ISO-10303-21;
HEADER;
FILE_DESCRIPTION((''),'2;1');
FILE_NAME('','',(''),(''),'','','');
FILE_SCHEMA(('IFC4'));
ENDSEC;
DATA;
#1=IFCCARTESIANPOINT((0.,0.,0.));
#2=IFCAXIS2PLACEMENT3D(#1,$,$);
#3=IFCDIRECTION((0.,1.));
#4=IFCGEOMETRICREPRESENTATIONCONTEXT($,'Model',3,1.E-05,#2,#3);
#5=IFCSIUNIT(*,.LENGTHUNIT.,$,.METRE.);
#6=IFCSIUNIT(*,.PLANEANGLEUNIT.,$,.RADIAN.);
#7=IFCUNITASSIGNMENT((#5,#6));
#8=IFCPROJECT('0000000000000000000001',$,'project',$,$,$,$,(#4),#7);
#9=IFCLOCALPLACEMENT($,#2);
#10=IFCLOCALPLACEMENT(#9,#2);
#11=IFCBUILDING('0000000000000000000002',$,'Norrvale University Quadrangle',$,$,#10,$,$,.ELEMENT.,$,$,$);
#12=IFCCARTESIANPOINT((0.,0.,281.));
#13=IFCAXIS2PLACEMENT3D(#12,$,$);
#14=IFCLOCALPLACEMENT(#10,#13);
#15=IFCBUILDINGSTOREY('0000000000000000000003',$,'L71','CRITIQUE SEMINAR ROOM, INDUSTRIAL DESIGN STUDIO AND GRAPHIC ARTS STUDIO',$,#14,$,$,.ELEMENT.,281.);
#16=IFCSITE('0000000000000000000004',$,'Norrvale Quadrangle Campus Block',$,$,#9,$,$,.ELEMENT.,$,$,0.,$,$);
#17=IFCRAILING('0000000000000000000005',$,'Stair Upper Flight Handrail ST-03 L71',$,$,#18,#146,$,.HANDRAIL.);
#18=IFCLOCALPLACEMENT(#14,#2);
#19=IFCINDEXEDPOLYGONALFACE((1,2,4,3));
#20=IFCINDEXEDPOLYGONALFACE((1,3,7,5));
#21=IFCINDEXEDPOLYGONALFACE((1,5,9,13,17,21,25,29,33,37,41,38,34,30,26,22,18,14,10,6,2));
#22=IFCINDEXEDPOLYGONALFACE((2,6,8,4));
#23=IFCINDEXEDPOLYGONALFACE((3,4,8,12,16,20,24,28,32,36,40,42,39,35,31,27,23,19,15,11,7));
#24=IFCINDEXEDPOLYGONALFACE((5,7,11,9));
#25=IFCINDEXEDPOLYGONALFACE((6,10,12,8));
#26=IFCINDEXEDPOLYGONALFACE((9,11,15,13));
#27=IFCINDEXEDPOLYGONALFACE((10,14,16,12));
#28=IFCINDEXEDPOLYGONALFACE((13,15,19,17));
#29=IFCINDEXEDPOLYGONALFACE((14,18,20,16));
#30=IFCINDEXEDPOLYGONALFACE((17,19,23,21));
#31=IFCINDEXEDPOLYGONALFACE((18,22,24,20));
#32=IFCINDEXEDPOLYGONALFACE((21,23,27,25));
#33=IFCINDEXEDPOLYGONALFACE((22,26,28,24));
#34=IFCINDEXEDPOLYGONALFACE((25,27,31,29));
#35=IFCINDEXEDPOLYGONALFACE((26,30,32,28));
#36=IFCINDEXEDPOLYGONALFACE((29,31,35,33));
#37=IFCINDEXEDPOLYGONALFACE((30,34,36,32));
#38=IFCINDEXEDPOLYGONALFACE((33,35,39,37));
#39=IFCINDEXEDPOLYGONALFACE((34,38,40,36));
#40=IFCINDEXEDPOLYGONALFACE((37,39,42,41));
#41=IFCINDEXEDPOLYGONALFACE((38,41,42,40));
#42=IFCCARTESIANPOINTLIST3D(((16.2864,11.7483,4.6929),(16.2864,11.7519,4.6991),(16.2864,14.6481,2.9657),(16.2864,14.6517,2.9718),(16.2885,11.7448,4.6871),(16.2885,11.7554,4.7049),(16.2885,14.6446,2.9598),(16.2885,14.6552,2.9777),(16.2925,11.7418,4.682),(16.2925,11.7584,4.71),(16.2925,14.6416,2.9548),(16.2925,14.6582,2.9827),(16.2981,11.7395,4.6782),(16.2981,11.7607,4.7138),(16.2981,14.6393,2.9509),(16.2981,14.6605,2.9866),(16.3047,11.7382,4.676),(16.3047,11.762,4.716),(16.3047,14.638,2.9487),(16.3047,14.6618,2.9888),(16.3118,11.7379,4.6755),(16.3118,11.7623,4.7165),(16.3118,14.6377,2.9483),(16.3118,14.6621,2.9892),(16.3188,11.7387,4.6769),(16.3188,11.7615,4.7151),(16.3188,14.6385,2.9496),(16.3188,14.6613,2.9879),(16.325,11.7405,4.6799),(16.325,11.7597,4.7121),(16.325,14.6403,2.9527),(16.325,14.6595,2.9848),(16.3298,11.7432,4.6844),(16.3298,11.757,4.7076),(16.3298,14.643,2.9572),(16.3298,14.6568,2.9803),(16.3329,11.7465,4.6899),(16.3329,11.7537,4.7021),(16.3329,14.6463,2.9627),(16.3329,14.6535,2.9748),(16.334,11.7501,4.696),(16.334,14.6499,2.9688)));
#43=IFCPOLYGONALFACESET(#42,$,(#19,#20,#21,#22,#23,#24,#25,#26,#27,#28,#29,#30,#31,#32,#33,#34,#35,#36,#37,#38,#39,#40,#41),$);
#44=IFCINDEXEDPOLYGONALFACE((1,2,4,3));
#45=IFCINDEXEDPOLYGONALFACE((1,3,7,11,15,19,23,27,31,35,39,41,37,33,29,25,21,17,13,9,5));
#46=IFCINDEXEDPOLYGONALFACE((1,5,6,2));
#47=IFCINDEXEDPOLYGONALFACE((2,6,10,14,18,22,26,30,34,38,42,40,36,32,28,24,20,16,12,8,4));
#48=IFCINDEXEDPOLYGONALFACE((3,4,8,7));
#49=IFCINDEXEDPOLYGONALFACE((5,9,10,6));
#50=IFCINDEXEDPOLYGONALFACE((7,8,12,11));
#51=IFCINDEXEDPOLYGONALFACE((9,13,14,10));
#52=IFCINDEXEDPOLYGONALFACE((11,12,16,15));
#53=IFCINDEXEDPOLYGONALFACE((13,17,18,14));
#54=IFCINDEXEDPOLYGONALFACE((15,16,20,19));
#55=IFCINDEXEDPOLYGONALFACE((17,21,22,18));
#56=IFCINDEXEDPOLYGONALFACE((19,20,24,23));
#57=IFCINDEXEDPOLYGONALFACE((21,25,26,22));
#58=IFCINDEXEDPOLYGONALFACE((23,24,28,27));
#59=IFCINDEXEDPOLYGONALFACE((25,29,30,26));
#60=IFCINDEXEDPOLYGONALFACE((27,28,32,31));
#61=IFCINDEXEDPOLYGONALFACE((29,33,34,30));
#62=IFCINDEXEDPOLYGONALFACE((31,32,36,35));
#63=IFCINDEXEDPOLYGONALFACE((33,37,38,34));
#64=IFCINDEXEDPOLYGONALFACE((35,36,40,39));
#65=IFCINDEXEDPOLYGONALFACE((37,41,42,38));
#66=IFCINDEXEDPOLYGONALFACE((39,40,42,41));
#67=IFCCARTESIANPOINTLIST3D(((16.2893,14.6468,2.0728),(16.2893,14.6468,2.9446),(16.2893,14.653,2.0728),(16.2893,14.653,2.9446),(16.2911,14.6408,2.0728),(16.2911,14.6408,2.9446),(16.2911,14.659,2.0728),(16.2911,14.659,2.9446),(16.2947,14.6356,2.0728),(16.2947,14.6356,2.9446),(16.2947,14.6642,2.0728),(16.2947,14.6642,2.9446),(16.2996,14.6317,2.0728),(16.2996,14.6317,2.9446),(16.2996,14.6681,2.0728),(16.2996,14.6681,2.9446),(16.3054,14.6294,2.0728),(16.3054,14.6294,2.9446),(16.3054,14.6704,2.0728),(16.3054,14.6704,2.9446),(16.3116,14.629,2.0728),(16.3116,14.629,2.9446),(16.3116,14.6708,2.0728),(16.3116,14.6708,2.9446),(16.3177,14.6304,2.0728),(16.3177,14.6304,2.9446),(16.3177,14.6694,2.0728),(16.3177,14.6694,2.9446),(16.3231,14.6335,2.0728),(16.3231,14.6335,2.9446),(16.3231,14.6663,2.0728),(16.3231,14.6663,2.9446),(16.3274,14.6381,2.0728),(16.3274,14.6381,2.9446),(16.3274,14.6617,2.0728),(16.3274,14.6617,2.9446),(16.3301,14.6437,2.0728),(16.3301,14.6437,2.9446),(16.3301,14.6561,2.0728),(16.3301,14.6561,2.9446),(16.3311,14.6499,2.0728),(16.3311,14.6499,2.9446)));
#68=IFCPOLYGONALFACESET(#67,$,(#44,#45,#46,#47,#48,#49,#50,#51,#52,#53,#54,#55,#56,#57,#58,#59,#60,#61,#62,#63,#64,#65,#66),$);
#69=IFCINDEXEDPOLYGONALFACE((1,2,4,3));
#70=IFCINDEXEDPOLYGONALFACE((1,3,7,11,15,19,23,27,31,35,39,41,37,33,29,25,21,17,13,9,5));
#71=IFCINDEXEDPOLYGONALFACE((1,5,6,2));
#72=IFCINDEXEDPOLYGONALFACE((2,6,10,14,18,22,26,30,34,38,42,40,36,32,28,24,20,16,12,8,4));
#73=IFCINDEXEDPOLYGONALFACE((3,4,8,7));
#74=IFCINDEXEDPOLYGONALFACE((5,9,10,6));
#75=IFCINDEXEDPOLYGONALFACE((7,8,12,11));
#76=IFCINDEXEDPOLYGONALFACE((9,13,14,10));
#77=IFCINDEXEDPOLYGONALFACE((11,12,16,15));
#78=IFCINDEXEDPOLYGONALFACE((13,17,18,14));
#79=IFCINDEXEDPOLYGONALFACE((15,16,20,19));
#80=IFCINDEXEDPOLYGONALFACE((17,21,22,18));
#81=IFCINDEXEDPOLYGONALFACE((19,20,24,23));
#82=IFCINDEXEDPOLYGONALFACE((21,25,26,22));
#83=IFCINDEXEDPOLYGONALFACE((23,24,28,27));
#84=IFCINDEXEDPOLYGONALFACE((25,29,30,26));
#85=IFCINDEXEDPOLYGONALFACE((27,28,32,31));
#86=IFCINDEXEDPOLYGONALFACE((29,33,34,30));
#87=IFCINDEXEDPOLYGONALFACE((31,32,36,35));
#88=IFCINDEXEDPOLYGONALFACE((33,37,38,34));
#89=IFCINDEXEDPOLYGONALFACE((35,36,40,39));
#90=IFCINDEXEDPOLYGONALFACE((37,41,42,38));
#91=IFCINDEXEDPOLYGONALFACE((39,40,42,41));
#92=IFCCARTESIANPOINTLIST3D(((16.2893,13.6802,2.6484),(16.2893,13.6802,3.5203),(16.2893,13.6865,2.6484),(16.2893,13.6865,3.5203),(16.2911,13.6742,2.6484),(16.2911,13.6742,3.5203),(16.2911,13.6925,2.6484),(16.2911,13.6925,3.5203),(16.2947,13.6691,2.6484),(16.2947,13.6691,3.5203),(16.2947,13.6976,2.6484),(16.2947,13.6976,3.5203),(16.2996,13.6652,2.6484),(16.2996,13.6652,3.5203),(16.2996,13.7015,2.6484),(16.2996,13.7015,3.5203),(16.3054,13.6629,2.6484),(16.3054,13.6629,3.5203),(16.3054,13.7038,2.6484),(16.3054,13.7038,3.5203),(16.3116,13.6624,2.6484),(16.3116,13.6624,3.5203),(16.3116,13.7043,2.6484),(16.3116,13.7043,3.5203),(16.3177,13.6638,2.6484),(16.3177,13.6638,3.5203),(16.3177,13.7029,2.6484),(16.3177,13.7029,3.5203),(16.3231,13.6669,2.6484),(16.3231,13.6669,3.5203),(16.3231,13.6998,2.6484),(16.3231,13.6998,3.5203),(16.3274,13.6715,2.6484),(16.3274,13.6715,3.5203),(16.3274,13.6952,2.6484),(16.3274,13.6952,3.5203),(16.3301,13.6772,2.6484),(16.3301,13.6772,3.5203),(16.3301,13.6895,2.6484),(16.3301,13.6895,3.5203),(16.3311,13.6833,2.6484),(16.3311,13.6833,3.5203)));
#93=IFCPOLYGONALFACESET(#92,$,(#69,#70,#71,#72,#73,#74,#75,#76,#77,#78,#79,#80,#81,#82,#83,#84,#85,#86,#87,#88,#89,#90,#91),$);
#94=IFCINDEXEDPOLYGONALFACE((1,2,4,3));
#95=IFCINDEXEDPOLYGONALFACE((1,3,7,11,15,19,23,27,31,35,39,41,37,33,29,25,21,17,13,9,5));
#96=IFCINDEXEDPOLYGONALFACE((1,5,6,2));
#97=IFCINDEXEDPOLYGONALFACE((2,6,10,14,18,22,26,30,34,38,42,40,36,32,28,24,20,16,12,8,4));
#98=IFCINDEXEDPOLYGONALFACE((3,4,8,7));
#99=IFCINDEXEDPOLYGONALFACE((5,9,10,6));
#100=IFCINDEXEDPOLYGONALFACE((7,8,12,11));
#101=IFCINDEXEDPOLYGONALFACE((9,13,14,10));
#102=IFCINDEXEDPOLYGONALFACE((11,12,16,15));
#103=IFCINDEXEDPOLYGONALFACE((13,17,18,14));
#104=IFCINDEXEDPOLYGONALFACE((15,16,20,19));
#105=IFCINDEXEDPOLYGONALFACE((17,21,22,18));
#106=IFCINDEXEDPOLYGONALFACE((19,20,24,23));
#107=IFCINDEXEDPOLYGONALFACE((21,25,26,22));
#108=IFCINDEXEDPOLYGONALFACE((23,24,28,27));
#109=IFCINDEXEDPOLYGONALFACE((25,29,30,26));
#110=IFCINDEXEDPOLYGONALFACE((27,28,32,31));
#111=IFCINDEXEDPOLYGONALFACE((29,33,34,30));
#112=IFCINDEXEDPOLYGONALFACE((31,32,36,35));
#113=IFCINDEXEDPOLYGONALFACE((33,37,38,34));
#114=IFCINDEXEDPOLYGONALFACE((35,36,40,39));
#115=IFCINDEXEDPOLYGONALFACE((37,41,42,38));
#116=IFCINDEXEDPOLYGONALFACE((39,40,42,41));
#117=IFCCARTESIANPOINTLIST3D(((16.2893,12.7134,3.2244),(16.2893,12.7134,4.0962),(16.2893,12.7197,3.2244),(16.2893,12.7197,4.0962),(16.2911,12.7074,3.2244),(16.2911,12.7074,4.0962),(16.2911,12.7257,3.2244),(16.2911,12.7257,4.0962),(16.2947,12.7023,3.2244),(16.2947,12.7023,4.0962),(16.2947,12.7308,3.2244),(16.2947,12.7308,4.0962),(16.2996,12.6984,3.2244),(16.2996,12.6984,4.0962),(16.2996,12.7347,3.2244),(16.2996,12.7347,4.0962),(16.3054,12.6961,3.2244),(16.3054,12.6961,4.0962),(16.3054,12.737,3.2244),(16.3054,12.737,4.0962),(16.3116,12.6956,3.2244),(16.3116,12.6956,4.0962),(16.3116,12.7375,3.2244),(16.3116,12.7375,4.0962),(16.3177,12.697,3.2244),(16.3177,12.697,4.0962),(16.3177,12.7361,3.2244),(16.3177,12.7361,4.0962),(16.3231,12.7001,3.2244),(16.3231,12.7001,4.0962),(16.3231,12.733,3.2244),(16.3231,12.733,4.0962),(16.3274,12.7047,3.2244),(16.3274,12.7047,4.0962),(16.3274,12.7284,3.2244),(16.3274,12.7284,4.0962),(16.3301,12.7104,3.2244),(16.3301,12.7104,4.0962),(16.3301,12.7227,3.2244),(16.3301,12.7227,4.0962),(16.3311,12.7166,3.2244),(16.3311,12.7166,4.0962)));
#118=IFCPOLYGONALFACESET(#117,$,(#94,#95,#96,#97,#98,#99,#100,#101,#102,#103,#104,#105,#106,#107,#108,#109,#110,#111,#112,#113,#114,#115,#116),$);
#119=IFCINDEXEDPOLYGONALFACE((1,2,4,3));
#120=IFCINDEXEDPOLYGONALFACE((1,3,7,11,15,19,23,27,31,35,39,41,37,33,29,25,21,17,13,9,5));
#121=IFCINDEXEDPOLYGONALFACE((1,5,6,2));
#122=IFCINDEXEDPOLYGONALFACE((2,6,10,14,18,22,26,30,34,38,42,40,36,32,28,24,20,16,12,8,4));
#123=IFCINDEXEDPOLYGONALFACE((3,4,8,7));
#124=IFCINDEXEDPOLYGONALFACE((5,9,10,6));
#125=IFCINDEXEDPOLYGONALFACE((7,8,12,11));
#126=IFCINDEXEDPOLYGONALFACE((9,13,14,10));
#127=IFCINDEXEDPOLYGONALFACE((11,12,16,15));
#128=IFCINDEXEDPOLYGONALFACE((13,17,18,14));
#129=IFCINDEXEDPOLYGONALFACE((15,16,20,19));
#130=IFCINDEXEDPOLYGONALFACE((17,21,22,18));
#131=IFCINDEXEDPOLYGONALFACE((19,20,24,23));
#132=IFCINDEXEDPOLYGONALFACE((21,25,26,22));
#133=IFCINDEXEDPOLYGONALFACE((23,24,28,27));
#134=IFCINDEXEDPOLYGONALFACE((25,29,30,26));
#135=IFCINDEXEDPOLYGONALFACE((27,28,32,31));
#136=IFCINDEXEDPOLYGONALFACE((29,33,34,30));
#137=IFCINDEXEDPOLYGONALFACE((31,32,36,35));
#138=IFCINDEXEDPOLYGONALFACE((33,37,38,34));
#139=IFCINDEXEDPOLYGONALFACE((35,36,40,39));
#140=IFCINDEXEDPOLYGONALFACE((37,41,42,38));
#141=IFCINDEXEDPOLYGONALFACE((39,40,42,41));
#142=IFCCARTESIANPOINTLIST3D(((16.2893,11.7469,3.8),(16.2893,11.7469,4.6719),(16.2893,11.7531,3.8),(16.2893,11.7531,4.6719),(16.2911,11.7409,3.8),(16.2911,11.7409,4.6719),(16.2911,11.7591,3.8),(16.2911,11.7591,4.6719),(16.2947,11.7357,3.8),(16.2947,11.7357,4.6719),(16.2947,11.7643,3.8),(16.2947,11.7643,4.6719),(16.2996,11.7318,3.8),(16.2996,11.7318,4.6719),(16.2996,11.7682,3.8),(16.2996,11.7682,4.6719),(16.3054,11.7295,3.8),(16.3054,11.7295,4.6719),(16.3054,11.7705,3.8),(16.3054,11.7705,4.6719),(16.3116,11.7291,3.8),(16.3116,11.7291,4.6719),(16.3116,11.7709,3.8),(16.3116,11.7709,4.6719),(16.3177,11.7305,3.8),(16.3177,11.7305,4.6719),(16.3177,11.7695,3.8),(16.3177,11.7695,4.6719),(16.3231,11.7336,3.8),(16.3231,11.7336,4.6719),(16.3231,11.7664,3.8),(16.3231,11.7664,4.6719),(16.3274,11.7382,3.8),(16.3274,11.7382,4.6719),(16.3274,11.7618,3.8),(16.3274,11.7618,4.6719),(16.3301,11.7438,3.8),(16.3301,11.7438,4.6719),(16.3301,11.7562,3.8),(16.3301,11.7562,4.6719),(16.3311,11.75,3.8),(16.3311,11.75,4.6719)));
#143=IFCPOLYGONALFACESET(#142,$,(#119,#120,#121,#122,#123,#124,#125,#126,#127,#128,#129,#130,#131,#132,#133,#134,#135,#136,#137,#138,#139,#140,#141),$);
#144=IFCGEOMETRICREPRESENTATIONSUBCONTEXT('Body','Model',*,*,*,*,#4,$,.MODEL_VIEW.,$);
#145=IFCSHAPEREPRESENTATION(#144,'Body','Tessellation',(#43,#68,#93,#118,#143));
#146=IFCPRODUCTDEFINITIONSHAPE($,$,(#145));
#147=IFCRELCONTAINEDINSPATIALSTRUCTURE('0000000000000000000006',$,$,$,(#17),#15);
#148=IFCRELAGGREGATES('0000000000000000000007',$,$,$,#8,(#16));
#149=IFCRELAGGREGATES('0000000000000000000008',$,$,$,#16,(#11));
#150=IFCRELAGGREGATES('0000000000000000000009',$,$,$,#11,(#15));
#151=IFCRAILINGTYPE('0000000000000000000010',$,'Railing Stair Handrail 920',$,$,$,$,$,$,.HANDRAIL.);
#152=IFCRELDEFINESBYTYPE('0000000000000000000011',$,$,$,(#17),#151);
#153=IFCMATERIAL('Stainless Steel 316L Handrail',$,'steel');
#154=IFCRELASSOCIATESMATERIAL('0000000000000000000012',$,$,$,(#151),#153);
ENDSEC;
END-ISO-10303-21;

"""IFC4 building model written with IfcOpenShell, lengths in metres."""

from ifc_helpers import new_model, si_unit, direction, frame, origin, origin_2d, place, context, subcontext, project, spatial, circle, extrude, material, type_object, element, save


model = new_model("IFC4")

# Units and contexts
model_context = context("Model", 3, precision=1e-05, world=origin(), true_north=direction((0.0, 1.0)))
body_context = subcontext(model_context, "Body", "Model", "MODEL_VIEW")
ifc_project = project(units=[si_unit("LENGTHUNIT", "METRE"), si_unit("PLANEANGLEUNIT", "RADIAN")], contexts=[model_context])

# Site, building, storey
site_placement = place(None, origin())
site = spatial("IfcSite", under=ifc_project, at=site_placement, Name="Norrvale Quadrangle Campus Block", CompositionType="ELEMENT", RefElevation=0.0)
building_placement = place(site_placement, origin())
building = spatial("IfcBuilding", under=site, at=building_placement, Name="Norrvale University Quadrangle", CompositionType="ELEMENT")
storey_placement = place(building_placement, frame((0.0, 0.0, 281.0)))
storey = spatial("IfcBuildingStorey", under=building, at=storey_placement, Name="L71", Description="CRITIQUE SEMINAR ROOM, INDUSTRIAL DESIGN STUDIO AND GRAPHIC ARTS STUDIO", CompositionType="ELEMENT", Elevation=281.0)

# Railing
ifc_material_1 = material(Name="Stainless Steel 316L Handrail", Category="steel")
railing_type_1 = type_object("IfcRailingType", Name="Railing Stair Handrail 920", PredefinedType="HANDRAIL", material=ifc_material_1)
railing_1_placement = place(storey_placement, frame((16.3101, 14.6499, 2.0728)))
element("IfcRailing", 1, at=railing_1_placement, inside=storey, type_object=railing_type_1, Name="Stair Upper Flight Handrail ST-03 L71", PredefinedType="HANDRAIL", context=body_context, shape_type="SweptSolid", body=[
    extrude(circle(Radius=0.0239, at=origin_2d()), frame((0.0, 0.0, 0.896), z_axis=(0.0, -0.859141, 0.511738), x_axis=(1.0, 0.0, 0.0)), (0.0, 0.0, 1.0), 3.3752),
    extrude(circle(Radius=0.021, at=origin_2d()), origin(), (0.0, 0.0, 1.0), 0.8718),
    extrude(circle(Radius=0.021, at=origin_2d()), frame((0.0, -0.9666, 0.5757)), (0.0, 0.0, 1.0), 0.8718),
    extrude(circle(Radius=0.021, at=origin_2d()), frame((0.0, -1.9333, 1.1516)), (0.0, 0.0, 1.0), 0.8718),
    extrude(circle(Radius=0.021, at=origin_2d()), frame((0.0, -2.8999, 1.7273)), (0.0, 0.0, 1.0), 0.8718),
])

save(model, "model.ifc")
